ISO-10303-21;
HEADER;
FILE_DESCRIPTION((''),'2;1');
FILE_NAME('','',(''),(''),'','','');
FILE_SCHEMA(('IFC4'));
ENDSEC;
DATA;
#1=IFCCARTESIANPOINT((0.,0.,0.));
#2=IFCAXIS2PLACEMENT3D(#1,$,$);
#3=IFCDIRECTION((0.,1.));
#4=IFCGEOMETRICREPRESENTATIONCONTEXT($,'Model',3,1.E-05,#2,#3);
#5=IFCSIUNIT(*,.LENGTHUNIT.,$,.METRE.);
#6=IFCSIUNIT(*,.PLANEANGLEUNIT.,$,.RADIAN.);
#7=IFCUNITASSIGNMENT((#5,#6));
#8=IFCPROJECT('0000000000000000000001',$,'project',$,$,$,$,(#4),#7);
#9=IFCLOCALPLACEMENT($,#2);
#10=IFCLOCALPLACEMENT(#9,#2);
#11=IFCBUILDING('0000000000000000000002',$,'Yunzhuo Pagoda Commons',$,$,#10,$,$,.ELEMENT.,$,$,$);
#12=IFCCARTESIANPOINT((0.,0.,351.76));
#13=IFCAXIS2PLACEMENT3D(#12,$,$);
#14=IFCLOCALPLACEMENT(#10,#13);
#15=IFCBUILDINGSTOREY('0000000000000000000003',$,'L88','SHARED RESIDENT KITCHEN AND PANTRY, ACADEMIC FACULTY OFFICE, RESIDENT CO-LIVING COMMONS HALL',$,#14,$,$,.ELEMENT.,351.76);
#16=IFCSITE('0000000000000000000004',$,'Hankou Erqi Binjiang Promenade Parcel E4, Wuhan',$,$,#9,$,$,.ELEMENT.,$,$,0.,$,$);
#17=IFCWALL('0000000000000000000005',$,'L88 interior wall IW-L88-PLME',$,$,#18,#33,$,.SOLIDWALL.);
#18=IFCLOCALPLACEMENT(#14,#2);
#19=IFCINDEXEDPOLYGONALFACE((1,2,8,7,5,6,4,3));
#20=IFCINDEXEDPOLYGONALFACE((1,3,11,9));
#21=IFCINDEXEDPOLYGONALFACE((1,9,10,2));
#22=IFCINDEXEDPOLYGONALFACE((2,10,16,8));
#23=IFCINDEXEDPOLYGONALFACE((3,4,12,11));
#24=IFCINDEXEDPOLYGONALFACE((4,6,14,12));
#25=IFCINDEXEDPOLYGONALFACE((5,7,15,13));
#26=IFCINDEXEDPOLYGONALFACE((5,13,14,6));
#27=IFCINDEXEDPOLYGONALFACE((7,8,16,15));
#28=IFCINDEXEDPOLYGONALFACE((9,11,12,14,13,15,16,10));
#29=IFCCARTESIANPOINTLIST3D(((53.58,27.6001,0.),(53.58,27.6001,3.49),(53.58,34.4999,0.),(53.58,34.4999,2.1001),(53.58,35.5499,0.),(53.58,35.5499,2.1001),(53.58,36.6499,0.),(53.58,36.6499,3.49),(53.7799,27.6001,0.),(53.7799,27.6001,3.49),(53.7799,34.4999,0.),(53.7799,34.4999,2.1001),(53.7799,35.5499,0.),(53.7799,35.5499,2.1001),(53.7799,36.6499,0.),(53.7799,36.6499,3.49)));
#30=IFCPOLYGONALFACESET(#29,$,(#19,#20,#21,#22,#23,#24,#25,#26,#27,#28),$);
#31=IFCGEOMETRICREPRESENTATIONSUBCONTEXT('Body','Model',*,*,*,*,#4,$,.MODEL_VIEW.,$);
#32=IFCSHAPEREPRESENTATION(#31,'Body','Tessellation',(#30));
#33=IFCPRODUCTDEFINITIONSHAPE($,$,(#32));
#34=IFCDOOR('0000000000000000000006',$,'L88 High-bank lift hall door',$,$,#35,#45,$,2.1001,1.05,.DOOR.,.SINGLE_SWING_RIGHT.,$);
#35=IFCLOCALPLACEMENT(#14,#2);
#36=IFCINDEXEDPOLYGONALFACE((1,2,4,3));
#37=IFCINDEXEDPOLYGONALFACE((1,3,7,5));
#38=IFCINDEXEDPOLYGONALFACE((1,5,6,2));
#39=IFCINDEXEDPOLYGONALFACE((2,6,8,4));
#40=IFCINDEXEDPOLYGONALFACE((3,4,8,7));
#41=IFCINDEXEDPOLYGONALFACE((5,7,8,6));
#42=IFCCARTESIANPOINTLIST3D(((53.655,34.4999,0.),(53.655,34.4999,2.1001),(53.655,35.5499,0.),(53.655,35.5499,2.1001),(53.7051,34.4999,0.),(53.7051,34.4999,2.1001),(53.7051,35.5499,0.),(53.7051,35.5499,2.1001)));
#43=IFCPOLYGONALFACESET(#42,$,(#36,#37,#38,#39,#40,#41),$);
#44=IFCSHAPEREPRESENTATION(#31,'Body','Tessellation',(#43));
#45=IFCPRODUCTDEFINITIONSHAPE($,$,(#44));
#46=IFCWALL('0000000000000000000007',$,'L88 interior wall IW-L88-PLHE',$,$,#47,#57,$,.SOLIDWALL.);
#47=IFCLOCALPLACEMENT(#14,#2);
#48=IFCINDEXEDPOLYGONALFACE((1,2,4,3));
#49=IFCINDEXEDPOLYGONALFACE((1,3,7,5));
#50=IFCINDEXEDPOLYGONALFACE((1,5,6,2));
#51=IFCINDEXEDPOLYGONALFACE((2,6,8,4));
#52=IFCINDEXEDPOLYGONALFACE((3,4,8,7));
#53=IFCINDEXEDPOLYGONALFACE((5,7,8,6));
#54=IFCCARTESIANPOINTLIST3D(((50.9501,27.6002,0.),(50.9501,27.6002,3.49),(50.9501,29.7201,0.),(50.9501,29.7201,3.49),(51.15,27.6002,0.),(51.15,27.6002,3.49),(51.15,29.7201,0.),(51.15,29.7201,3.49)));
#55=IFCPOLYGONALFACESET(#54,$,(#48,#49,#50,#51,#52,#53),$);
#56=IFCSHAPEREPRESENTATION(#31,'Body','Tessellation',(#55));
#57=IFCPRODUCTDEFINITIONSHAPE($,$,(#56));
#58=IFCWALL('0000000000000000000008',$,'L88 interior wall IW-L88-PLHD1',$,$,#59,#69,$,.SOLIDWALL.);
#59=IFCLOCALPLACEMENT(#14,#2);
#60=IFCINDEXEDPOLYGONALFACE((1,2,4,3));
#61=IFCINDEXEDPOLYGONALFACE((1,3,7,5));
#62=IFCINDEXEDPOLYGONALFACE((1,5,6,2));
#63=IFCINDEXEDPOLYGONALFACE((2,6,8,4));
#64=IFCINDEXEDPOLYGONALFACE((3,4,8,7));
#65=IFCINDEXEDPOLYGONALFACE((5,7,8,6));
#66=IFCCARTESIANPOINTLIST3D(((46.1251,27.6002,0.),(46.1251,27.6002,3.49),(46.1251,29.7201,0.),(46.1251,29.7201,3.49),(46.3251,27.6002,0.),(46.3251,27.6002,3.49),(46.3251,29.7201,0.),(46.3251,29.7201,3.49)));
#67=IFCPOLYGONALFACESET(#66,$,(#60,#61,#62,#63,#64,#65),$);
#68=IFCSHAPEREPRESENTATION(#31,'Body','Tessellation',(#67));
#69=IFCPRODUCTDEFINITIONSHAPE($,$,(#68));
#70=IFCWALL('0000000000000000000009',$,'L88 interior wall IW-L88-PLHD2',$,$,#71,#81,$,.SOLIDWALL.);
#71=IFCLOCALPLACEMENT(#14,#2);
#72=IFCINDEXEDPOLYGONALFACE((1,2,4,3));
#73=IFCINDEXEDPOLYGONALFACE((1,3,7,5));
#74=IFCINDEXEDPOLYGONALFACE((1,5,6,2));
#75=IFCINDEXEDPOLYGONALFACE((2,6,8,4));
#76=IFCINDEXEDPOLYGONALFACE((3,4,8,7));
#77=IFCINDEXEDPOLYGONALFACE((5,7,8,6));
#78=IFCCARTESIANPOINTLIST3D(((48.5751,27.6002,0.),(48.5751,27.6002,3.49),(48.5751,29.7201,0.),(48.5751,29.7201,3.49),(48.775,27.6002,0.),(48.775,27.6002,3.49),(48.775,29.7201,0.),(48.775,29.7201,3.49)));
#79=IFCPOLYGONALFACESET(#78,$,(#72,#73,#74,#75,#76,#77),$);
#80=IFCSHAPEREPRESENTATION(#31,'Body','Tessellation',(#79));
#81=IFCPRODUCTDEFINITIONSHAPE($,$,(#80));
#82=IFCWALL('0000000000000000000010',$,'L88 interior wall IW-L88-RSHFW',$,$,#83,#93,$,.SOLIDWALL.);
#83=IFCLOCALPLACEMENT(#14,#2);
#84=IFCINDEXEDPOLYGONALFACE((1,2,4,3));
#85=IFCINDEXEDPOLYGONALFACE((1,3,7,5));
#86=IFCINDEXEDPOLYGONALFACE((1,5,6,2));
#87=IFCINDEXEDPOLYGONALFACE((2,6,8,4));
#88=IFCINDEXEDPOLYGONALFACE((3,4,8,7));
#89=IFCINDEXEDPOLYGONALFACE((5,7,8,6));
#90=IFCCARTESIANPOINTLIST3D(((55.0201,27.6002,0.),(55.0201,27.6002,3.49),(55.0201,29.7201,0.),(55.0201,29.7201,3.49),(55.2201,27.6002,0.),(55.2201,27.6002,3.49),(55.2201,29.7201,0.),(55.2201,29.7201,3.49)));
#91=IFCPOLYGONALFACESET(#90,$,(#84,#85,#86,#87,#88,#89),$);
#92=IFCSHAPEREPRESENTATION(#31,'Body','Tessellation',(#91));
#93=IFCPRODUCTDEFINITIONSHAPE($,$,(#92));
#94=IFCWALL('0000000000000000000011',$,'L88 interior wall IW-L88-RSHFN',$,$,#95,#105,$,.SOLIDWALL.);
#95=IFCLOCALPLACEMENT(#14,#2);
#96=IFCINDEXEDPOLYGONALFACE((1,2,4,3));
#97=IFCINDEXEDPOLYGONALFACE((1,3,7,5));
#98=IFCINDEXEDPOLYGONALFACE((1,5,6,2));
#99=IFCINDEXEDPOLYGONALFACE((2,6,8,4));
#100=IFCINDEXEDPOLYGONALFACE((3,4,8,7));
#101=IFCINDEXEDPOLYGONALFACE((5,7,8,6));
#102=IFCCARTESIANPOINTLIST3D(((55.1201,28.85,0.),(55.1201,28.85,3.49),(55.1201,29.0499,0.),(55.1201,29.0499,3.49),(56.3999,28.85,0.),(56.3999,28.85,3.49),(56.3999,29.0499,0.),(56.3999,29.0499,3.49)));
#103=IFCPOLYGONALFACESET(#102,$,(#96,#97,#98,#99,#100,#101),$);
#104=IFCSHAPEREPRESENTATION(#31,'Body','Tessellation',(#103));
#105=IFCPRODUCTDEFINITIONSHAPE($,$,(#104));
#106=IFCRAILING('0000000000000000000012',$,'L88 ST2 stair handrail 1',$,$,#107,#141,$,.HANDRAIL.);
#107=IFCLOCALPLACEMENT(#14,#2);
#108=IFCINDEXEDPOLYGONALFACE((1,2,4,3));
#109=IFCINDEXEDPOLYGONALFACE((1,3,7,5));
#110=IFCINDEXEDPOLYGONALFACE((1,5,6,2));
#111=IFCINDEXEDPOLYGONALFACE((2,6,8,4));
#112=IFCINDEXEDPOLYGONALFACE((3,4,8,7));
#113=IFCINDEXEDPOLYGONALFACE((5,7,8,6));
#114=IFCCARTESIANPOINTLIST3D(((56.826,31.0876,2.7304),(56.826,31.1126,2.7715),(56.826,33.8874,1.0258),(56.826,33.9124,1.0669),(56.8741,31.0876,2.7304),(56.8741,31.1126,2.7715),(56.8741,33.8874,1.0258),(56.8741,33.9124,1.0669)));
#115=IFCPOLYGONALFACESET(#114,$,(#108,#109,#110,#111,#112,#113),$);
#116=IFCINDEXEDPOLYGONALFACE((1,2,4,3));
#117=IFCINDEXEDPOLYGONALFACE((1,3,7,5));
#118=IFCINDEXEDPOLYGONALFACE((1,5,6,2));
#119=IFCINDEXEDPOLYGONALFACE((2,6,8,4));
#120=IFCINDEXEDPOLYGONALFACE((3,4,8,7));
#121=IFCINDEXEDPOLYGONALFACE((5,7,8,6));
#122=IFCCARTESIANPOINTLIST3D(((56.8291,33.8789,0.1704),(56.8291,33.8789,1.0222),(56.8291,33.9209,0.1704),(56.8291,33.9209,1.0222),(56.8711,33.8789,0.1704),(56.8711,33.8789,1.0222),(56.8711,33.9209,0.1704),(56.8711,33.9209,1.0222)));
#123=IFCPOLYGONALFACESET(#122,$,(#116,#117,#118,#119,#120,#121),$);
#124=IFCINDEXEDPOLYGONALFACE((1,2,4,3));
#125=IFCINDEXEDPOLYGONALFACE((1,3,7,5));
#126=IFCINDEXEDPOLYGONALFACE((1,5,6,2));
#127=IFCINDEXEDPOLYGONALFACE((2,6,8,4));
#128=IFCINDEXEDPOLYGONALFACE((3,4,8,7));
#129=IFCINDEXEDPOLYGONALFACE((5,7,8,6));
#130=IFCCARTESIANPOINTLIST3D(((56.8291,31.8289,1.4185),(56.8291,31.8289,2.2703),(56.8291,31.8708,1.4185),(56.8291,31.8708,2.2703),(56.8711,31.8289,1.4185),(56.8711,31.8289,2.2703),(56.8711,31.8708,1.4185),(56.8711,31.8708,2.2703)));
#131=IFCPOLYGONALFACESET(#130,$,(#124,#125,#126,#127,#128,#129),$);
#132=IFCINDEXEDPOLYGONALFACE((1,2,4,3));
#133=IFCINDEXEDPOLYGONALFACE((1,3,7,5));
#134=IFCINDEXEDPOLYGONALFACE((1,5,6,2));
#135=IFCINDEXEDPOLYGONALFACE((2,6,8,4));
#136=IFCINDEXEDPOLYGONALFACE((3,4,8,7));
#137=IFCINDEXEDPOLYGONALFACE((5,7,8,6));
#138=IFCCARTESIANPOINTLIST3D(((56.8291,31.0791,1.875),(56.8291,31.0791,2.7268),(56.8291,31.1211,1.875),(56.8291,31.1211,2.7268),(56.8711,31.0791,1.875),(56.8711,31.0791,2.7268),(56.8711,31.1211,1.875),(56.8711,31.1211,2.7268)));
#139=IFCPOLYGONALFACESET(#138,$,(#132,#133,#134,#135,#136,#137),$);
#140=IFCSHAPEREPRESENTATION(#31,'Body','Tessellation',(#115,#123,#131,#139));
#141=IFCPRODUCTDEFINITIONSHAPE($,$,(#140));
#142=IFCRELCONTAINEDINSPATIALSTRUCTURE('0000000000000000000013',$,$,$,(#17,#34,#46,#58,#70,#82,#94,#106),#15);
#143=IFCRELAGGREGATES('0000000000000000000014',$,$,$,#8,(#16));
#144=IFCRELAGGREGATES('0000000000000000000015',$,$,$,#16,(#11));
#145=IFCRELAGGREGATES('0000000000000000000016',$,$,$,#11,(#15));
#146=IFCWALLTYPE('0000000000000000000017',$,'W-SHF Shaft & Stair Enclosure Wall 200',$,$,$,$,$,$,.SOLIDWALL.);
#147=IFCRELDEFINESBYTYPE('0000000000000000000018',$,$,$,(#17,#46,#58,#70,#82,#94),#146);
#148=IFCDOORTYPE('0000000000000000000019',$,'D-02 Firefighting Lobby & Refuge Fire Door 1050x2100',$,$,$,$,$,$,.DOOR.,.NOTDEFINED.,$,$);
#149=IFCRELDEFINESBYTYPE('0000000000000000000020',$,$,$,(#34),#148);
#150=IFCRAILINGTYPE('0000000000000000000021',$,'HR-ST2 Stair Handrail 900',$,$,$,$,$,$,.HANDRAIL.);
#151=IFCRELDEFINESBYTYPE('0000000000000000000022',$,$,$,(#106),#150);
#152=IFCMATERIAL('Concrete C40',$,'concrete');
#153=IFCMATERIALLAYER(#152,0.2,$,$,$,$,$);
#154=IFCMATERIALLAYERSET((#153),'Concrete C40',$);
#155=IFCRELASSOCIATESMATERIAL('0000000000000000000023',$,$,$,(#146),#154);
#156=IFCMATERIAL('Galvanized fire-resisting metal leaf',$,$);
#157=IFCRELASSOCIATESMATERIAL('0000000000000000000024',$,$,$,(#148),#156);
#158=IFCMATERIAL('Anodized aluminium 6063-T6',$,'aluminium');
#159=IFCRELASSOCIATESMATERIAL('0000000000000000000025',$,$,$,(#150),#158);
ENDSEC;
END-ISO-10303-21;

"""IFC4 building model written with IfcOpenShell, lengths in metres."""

from ifc_helpers import new_model, si_unit, direction, frame, frame_2d, origin, origin_with_axes, origin_2d, place, context, subcontext, project, spatial, rectangle, extrude, source, transform, mapped, material, layer, layer_set, type_object, element, fill, save


model = new_model("IFC4")

# Units and contexts
model_context = context("Model", 3, precision=1e-05, world=origin(), true_north=direction((0.0, 1.0)))
body_context = subcontext(model_context, "Body", "Model", "MODEL_VIEW")
ifc_project = project(units=[si_unit("LENGTHUNIT", "METRE"), si_unit("PLANEANGLEUNIT", "RADIAN")], contexts=[model_context])

# Site, building, storey
site_placement = place(None, origin())
site = spatial("IfcSite", under=ifc_project, at=site_placement, Name="Hankou Erqi Binjiang Promenade Parcel E4, Wuhan", CompositionType="ELEMENT", RefElevation=0.0)
building_placement = place(site_placement, origin())
building = spatial("IfcBuilding", under=site, at=building_placement, Name="Yunzhuo Pagoda Commons", CompositionType="ELEMENT")
storey_placement = place(building_placement, frame((0.0, 0.0, 351.76)))
storey = spatial("IfcBuildingStorey", under=building, at=storey_placement, Name="L88", Description="SHARED RESIDENT KITCHEN AND PANTRY, ACADEMIC FACULTY OFFICE, RESIDENT CO-LIVING COMMONS HALL", CompositionType="ELEMENT", Elevation=351.76)

# Shared definitions
ifc_material_1 = material(Name="Galvanized fire-resisting metal leaf")

# Wall, opening, door
ifc_material_2 = material(Name="Concrete C40", Category="concrete")
ifc_layer_1 = layer(ifc_material_2, 0.2)
ifc_layer_set_1 = layer_set([ifc_layer_1], Name="Concrete C40")
wall_type_1 = type_object("IfcWallType", Name="W-SHF Shaft & Stair Enclosure Wall 200", PredefinedType="SOLIDWALL", material=ifc_layer_set_1)
wall_1_placement = place(storey_placement, frame((53.6799, 27.6001, 0.0), z_axis=(0.0, 0.0, 1.0), x_axis=(0.0, 1.0, 0.0)))
wall_1 = element("IfcWall", 1, at=wall_1_placement, inside=storey, type_object=wall_type_1, Name="L88 interior wall IW-L88-PLME", PredefinedType="SOLIDWALL", context=body_context, shape_type="SweptSolid", body=[
    extrude(rectangle(XDim=9.0498, YDim=0.2, at=frame_2d((4.5249, 0.0))), origin(), (0.0, 0.0, 1.0), 3.49),
])
opening_1_placement = place(wall_1_placement, frame((6.8999, 0.0, 0.0)))
opening_1 = element("IfcOpeningElement", 2, at=opening_1_placement, cuts=wall_1, PredefinedType="OPENING", context=body_context, shape_type="SweptSolid", body=[
    extrude(rectangle(XDim=1.05, YDim=2.1001, at=frame_2d((0.5249, 1.05))), frame((0.0, 0.1099, 0.0), z_axis=(0.0, -1.0, 0.0), x_axis=(1.0, 0.0, 0.0)), (0.0, 0.0, 1.0), 0.22),
])
door_type_1 = type_object("IfcDoorType", Name="D-02 Firefighting Lobby & Refuge Fire Door 1050x2100", OperationType="NOTDEFINED", PredefinedType="DOOR", material=ifc_material_1)
shared_shape_1 = source(origin(), body_context, "Body", "SweptSolid", [
    extrude(rectangle(XDim=1.05, YDim=2.1001, at=frame_2d((0.5249, 1.05))), frame((0.0, 0.0249, 0.0), z_axis=(0.0, -1.0, 0.0), x_axis=(1.0, 0.0, 0.0)), (0.0, 0.0, 1.0), 0.05),
])
door_1_placement = place(opening_1_placement, origin_with_axes())
door_1 = element("IfcDoor", 3, at=door_1_placement, inside=storey, type_object=door_type_1, Name="L88 High-bank lift hall door", OperationType="SINGLE_SWING_RIGHT", OverallHeight=2.1001, OverallWidth=1.05, PredefinedType="DOOR", context=body_context, shape_type="MappedRepresentation", body=[
    mapped(shared_shape_1, transform((0.0, 0.0, 0.0), scale=1.0)),
])
fill(opening_1, door_1)

# Walls
for number, where, z_axis, x_axis, name in (
    (4, (51.05, 27.6001, 0.0), (0.0, 0.0, 1.0), (0.0, 1.0, 0.0), "L88 interior wall IW-L88-PLHE"),
    (5, (46.2251, 27.6001, 0.0), (0.0, 0.0, 1.0), (0.0, 1.0, 0.0), "L88 interior wall IW-L88-PLHD1"),
    (6, (48.675, 27.6001, 0.0), (0.0, 0.0, 1.0), (0.0, 1.0, 0.0), "L88 interior wall IW-L88-PLHD2"),
    (7, (55.1201, 27.6001, 0.0), (0.0, 0.0, 1.0), (0.0, 1.0, 0.0), "L88 interior wall IW-L88-RSHFW"),
):
    element("IfcWall", number, at=place(storey_placement, frame(where, z_axis=z_axis, x_axis=x_axis)), inside=storey, type_object=wall_type_1, Name=name, PredefinedType="SOLIDWALL", context=body_context, shape_type="SweptSolid", body=[
        extrude(rectangle(XDim=2.1199, YDim=0.2, at=frame_2d((1.0601, 0.0))), origin(), (0.0, 0.0, 1.0), 3.49),
    ])
wall_2_placement = place(storey_placement, frame((55.1201, 28.95, 0.0), z_axis=(0.0, 0.0, 1.0), x_axis=(1.0, 0.0, 0.0)))
element("IfcWall", 8, at=wall_2_placement, inside=storey, type_object=wall_type_1, Name="L88 interior wall IW-L88-RSHFN", PredefinedType="SOLIDWALL", context=body_context, shape_type="SweptSolid", body=[
    extrude(rectangle(XDim=1.2798, YDim=0.2, at=frame_2d((0.6399, 0.0))), origin(), (0.0, 0.0, 1.0), 3.49),
])

# Railing
ifc_material_3 = material(Name="Anodized aluminium 6063-T6", Category="aluminium")
railing_type = type_object("IfcRailingType", Name="HR-ST2 Stair Handrail 900", PredefinedType="HANDRAIL", material=ifc_material_3)
railing_placement = place(storey_placement, frame((56.8501, 33.8999, 0.1704)))
element("IfcRailing", 9, at=railing_placement, inside=storey, type_object=railing_type, Name="L88 ST2 stair handrail 1", PredefinedType="HANDRAIL", context=body_context, shape_type="SweptSolid", body=[
    extrude(rectangle(XDim=0.0481, YDim=0.0481, at=origin_2d()), frame((0.0, 0.0, 0.876), z_axis=(0.0, -0.85415, 0.520027), x_axis=(1.0, 0.0, 0.0)), (0.0, 0.0, 1.0), 3.2778),
    extrude(rectangle(XDim=0.042, YDim=0.042, at=origin_2d()), origin(), (0.0, 0.0, 1.0), 0.8518),
    extrude(rectangle(XDim=0.042, YDim=0.042, at=origin_2d()), frame((0.0, -2.05, 1.248)), (0.0, 0.0, 1.0), 0.8518),
    extrude(rectangle(XDim=0.042, YDim=0.042, at=origin_2d()), frame((0.0, -2.7998, 1.7046)), (0.0, 0.0, 1.0), 0.8518),
])

save(model, "model.ifc")
